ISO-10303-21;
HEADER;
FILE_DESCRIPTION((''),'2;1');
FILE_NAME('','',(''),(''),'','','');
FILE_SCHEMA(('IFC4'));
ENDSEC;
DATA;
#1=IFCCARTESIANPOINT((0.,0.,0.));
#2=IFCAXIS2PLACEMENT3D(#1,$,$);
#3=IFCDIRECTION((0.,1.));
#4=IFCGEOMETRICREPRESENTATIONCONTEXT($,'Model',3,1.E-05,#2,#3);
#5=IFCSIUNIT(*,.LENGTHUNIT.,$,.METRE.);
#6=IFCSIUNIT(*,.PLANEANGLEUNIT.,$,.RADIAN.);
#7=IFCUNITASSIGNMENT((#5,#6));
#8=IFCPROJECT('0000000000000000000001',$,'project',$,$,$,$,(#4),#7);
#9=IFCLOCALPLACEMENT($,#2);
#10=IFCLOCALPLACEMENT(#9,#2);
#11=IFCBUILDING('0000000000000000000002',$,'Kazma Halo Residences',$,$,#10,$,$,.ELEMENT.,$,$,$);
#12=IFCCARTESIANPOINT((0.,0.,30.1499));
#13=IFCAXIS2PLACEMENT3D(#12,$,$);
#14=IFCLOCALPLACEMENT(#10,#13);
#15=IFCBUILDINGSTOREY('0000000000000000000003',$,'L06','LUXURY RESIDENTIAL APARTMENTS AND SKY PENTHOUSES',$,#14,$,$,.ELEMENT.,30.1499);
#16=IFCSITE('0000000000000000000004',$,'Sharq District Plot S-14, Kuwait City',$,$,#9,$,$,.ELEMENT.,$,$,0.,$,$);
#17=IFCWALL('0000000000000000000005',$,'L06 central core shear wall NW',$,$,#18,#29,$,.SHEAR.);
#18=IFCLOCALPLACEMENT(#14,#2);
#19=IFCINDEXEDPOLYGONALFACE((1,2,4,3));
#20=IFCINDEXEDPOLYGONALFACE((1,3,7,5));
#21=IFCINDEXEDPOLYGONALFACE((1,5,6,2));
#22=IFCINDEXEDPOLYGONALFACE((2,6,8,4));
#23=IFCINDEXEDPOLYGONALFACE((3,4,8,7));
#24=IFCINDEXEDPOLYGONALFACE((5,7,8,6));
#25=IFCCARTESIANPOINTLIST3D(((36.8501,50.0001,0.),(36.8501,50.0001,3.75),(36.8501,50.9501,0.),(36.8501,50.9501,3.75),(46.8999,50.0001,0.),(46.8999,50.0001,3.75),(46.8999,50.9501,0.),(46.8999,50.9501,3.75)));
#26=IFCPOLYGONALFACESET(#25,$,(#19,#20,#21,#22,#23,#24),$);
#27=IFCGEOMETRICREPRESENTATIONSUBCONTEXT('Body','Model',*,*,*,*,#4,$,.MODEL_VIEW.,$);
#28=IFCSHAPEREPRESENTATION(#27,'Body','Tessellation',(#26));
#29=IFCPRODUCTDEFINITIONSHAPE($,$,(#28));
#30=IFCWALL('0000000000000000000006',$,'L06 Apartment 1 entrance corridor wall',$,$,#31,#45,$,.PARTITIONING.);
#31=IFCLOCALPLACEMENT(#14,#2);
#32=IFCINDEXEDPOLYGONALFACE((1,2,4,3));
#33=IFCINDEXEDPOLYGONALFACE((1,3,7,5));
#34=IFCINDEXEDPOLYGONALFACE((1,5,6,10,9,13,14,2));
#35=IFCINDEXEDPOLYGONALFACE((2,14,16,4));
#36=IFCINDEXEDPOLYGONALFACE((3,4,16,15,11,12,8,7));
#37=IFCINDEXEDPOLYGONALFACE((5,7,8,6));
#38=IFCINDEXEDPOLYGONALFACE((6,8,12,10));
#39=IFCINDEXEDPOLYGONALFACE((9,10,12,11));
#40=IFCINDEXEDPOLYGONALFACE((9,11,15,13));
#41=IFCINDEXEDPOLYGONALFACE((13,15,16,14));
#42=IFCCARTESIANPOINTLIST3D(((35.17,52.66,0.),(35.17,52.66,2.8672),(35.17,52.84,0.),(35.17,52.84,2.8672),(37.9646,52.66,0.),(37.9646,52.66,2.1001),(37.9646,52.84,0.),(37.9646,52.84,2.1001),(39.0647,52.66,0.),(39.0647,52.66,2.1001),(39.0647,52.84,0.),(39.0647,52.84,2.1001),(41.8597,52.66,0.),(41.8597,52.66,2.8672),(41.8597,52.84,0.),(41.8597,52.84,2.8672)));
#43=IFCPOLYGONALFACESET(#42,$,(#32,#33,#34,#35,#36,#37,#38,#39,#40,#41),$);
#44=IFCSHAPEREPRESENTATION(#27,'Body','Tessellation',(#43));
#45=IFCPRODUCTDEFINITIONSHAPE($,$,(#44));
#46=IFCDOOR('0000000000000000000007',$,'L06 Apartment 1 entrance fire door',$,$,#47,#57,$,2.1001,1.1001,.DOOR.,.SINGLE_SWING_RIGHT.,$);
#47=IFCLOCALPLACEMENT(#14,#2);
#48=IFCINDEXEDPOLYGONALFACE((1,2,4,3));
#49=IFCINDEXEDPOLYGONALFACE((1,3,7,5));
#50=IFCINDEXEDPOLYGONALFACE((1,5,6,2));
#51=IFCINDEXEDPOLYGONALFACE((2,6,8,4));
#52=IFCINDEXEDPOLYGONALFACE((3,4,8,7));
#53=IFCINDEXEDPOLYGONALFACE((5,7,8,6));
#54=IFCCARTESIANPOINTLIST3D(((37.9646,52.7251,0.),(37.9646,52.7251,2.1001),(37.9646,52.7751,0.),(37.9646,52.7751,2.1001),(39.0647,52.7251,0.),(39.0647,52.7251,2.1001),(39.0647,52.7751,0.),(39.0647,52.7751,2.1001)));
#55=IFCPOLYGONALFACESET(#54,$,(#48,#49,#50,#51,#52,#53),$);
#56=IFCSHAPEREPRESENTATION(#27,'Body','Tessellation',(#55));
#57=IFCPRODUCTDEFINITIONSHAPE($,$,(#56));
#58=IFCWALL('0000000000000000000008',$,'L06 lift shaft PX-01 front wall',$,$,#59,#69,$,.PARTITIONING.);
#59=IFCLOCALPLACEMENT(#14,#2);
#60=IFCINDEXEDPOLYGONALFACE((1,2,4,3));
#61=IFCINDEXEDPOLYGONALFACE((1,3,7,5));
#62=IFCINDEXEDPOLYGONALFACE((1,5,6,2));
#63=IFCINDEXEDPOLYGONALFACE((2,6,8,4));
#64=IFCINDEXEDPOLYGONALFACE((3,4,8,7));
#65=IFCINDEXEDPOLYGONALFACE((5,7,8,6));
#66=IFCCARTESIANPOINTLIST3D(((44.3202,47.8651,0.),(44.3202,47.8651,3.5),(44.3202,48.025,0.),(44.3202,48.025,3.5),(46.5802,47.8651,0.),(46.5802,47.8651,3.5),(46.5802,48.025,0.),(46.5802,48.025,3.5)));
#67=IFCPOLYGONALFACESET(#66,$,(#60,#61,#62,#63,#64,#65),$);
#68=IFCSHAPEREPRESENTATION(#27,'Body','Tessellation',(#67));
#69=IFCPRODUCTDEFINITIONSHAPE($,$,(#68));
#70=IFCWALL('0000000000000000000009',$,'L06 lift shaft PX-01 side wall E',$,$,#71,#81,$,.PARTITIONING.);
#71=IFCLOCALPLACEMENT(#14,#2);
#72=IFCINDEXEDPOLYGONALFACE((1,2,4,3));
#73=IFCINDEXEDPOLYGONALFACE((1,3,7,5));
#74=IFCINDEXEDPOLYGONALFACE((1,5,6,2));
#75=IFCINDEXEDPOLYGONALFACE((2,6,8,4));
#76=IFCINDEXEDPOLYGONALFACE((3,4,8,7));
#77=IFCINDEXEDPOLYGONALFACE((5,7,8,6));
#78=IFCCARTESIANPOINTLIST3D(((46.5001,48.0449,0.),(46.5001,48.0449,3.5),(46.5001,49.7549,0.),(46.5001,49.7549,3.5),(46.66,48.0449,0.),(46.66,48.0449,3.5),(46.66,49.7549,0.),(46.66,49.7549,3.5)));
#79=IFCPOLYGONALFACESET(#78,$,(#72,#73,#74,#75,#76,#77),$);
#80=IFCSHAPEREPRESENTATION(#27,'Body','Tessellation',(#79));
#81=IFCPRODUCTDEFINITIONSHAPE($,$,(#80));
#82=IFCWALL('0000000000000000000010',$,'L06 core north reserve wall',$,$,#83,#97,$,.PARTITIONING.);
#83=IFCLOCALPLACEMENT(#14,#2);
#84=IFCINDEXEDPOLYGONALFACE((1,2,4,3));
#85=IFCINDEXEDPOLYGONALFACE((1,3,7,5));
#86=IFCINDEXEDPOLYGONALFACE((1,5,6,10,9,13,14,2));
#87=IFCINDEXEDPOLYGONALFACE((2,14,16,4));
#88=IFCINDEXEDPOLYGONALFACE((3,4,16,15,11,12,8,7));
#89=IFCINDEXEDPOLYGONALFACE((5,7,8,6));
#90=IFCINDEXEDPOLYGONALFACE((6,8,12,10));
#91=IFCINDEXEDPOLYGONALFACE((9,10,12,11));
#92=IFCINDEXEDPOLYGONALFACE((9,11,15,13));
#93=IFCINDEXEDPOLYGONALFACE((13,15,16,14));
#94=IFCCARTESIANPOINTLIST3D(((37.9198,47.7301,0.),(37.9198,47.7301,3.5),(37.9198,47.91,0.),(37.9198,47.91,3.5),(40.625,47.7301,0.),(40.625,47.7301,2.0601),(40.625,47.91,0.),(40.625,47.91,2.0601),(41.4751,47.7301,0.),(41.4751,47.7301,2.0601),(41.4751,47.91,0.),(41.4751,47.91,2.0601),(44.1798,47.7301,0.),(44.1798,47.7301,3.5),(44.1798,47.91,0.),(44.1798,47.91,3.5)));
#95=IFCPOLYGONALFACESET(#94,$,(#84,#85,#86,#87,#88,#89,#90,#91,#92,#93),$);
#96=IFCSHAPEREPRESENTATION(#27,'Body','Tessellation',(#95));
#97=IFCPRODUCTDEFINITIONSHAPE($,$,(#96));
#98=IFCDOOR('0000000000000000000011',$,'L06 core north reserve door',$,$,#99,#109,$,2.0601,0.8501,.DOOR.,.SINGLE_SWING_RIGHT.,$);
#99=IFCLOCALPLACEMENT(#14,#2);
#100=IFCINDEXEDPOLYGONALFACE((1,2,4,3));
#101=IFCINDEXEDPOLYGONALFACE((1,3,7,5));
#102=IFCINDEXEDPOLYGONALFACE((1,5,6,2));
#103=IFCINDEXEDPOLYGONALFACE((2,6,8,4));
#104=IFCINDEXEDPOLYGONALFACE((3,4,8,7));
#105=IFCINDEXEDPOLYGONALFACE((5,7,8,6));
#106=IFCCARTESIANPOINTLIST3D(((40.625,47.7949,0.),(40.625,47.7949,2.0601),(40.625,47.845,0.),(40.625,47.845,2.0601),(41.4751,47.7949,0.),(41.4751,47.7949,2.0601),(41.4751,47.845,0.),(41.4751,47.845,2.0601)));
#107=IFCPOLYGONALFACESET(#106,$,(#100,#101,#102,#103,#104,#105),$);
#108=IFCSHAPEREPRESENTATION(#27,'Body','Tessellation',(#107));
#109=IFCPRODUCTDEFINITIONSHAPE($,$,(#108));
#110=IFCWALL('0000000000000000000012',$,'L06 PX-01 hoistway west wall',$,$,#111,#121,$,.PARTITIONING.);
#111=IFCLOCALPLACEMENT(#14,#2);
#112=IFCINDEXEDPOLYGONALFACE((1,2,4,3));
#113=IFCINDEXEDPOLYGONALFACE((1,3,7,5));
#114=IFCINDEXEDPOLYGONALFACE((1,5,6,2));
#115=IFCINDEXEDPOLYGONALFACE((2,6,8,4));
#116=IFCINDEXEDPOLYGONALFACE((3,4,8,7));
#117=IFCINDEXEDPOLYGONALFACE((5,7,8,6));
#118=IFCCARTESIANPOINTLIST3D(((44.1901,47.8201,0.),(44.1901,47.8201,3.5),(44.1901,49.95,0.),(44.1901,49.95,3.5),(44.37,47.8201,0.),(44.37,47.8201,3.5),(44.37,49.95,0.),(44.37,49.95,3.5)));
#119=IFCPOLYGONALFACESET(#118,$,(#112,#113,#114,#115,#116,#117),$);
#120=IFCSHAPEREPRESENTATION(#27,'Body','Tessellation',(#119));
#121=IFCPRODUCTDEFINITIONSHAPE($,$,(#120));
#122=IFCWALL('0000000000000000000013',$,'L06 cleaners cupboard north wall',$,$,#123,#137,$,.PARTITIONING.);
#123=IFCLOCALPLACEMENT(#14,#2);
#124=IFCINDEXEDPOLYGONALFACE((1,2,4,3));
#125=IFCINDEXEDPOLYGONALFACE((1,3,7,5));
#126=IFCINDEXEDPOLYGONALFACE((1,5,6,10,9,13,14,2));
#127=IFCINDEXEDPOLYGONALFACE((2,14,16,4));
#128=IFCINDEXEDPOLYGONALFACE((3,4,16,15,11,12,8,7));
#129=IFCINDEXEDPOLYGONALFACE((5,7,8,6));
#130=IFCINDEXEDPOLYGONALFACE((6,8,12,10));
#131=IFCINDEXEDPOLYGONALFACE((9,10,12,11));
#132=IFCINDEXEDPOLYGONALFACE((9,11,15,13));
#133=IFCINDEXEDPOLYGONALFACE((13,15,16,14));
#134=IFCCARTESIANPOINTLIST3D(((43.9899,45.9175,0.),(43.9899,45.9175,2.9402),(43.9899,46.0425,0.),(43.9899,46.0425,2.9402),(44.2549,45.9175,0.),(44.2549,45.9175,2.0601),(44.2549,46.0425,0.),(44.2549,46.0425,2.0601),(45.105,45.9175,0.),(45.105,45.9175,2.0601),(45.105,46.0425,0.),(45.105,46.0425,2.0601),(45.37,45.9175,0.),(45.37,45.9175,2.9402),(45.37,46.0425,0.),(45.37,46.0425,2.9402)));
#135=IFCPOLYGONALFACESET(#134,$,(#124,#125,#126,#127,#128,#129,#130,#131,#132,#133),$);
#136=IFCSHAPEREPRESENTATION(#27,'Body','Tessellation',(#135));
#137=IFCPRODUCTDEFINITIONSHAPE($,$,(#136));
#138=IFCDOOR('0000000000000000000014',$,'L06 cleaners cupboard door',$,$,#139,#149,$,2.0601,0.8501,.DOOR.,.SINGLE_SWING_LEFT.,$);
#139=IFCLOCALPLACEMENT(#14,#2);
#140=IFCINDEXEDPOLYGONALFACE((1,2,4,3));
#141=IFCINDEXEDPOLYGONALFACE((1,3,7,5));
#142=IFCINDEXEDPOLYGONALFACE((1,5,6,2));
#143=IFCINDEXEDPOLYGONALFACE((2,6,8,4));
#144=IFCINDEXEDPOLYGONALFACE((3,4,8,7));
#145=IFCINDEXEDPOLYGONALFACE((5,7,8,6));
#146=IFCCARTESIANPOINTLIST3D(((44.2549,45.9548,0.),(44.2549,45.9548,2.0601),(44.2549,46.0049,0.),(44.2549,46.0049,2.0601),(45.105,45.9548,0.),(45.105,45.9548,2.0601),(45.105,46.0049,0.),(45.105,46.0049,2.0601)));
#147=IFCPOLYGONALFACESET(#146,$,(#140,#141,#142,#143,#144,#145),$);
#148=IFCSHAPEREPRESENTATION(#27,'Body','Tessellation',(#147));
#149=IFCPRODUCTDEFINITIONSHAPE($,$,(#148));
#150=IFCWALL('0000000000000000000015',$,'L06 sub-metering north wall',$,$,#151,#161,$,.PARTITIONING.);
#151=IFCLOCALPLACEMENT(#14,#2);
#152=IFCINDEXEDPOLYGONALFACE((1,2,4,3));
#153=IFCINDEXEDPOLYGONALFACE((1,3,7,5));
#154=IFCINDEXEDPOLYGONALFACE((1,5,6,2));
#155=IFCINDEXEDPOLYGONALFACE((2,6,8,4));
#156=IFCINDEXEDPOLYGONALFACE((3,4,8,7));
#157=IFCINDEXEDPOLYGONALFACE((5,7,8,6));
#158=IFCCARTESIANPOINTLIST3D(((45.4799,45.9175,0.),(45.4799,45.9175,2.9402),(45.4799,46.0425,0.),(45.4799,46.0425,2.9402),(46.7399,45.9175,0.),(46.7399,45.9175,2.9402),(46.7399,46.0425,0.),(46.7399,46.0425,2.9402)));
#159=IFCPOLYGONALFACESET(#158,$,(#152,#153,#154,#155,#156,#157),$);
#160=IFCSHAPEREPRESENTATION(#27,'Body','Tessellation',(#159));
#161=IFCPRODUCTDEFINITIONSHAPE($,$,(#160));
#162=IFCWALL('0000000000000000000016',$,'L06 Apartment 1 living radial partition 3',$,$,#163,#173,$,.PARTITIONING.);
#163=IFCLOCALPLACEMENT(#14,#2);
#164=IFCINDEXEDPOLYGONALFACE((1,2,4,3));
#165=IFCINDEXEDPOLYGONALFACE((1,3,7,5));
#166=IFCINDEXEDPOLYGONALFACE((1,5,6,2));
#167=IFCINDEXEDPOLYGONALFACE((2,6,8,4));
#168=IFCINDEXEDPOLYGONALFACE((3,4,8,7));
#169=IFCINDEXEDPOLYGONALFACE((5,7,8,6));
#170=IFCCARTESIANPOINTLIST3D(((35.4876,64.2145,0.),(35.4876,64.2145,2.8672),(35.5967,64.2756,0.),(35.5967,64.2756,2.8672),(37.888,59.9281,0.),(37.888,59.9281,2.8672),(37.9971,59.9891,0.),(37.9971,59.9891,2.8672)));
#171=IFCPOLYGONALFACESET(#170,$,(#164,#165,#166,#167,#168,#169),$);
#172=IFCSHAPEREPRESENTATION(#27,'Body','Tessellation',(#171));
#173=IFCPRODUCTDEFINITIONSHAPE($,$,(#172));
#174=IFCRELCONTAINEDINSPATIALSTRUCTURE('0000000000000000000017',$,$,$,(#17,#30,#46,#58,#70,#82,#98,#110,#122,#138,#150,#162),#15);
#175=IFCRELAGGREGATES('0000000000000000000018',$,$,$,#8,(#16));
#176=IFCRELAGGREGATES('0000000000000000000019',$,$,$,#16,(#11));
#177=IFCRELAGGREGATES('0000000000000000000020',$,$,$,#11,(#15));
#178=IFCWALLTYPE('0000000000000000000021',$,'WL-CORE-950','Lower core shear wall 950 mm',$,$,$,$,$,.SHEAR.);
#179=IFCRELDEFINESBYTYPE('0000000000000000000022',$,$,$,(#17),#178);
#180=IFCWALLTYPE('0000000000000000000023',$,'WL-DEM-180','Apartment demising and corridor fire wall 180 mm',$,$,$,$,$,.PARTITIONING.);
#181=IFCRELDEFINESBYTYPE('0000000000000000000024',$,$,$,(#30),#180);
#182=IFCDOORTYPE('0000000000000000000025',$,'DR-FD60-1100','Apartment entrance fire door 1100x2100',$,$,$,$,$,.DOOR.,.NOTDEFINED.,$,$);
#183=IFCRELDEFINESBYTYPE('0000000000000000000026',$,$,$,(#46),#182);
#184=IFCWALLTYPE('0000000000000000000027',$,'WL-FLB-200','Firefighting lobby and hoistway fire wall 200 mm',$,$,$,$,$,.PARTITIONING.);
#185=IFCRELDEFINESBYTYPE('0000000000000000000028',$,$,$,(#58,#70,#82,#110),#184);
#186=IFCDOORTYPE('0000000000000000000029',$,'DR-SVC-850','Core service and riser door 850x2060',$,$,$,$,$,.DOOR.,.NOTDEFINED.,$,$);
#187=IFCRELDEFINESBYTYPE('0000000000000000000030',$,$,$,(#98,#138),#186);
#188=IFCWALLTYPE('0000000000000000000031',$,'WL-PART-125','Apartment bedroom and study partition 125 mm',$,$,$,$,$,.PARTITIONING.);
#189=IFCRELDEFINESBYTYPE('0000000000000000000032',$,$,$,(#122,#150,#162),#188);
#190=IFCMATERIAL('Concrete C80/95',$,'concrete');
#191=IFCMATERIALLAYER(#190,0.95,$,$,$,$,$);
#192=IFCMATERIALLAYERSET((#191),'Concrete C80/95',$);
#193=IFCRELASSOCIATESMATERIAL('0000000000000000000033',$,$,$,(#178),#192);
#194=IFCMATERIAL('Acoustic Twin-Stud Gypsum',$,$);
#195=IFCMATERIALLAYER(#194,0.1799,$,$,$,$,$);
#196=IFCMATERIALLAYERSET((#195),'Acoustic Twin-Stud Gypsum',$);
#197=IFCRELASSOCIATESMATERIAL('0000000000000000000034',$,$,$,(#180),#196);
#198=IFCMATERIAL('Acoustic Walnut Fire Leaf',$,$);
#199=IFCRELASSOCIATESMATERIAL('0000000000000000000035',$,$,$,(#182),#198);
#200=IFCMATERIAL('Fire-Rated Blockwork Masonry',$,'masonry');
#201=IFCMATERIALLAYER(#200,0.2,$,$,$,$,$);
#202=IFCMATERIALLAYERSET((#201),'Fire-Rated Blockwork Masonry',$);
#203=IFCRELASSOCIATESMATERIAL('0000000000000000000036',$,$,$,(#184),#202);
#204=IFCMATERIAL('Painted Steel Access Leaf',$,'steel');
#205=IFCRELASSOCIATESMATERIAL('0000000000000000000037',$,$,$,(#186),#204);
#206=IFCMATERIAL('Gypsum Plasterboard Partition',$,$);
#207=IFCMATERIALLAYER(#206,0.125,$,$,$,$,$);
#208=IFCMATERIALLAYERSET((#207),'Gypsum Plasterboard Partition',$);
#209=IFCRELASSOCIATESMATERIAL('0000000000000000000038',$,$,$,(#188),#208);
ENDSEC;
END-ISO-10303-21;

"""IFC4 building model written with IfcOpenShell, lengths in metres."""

from ifc_helpers import new_model, si_unit, direction, frame, frame_2d, origin, place, context, subcontext, project, spatial, rectangle, extrude, material, layer, layer_set, type_object, element, fill, save


model = new_model("IFC4")

# Units and contexts
model_context = context("Model", 3, precision=1e-05, world=origin(), true_north=direction((0.0, 1.0)))
body_context = subcontext(model_context, "Body", "Model", "MODEL_VIEW")
ifc_project = project(units=[si_unit("LENGTHUNIT", "METRE"), si_unit("PLANEANGLEUNIT", "RADIAN")], contexts=[model_context])

# Site, building, storey
site_placement = place(None, origin())
site = spatial("IfcSite", under=ifc_project, at=site_placement, Name="Sharq District Plot S-14, Kuwait City", CompositionType="ELEMENT", RefElevation=0.0)
building_placement = place(site_placement, origin())
building = spatial("IfcBuilding", under=site, at=building_placement, Name="Kazma Halo Residences", CompositionType="ELEMENT")
storey_placement = place(building_placement, frame((0.0, 0.0, 30.1499)))
storey = spatial("IfcBuildingStorey", under=building, at=storey_placement, Name="L06", Description="LUXURY RESIDENTIAL APARTMENTS AND SKY PENTHOUSES", CompositionType="ELEMENT", Elevation=30.1499)

# Wall
ifc_material_1 = material(Name="Concrete C80/95", Category="concrete")
ifc_layer_1 = layer(ifc_material_1, 0.95)
ifc_layer_set_1 = layer_set([ifc_layer_1], Name="Concrete C80/95")
wall_type_1 = type_object("IfcWallType", Name="WL-CORE-950", Description="Lower core shear wall 950 mm", PredefinedType="SHEAR", material=ifc_layer_set_1)
wall_1_placement = place(storey_placement, frame((36.8501, 50.4751, 0.0), z_axis=(0.0, 0.0, 1.0), x_axis=(1.0, 0.0, 0.0)))
element("IfcWall", 1, at=wall_1_placement, inside=storey, type_object=wall_type_1, Name="L06 central core shear wall NW", PredefinedType="SHEAR", context=body_context, shape_type="SweptSolid", body=[
    extrude(rectangle(XDim=10.0498, YDim=0.95, at=frame_2d((5.0249, 0.0))), origin(), (0.0, 0.0, 1.0), 3.75),
])

# Wall, opening, door
ifc_material_2 = material(Name="Acoustic Twin-Stud Gypsum")
ifc_layer_2 = layer(ifc_material_2, 0.1799)
ifc_layer_set_2 = layer_set([ifc_layer_2], Name="Acoustic Twin-Stud Gypsum")
wall_type_2 = type_object("IfcWallType", Name="WL-DEM-180", Description="Apartment demising and corridor fire wall 180 mm", PredefinedType="PARTITIONING", material=ifc_layer_set_2)
wall_2_placement = place(storey_placement, frame((41.8596, 52.75, 0.0), z_axis=(0.0, 0.0, 1.0), x_axis=(-1.0, 0.0, 0.0)))
wall_2 = element("IfcWall", 2, at=wall_2_placement, inside=storey, type_object=wall_type_2, Name="L06 Apartment 1 entrance corridor wall", PredefinedType="PARTITIONING", context=body_context, shape_type="SweptSolid", body=[
    extrude(rectangle(XDim=6.6897, YDim=0.1799, at=frame_2d((3.3447, 0.0))), origin(), (0.0, 0.0, 1.0), 2.8672),
])
opening_1_placement = place(wall_2_placement, frame((2.7949, 0.0, 0.0)))
opening_1 = element("IfcOpeningElement", 3, at=opening_1_placement, cuts=wall_2, PredefinedType="OPENING", context=body_context, shape_type="SweptSolid", body=[
    extrude(rectangle(XDim=1.1001, YDim=2.1001, at=frame_2d((0.55, 1.05))), frame((0.0, 0.0999, 0.0), z_axis=(0.0, -1.0, 0.0), x_axis=(1.0, 0.0, 0.0)), (0.0, 0.0, 1.0), 0.2),
])
ifc_material_3 = material(Name="Acoustic Walnut Fire Leaf")
door_type_1 = type_object("IfcDoorType", Name="DR-FD60-1100", Description="Apartment entrance fire door 1100x2100", OperationType="NOTDEFINED", PredefinedType="DOOR", material=ifc_material_3)
door_1_placement = place(opening_1_placement, origin())
door_1 = element("IfcDoor", 4, at=door_1_placement, inside=storey, type_object=door_type_1, Name="L06 Apartment 1 entrance fire door", OperationType="SINGLE_SWING_RIGHT", OverallHeight=2.1001, OverallWidth=1.1001, PredefinedType="DOOR", context=body_context, shape_type="SweptSolid", body=[
    extrude(rectangle(XDim=1.1001, YDim=2.1001, at=frame_2d((0.55, 1.05))), frame((0.0, 0.0249, 0.0), z_axis=(0.0, -1.0, 0.0), x_axis=(1.0, 0.0, 0.0)), (0.0, 0.0, 1.0), 0.05),
])
fill(opening_1, door_1)

# Walls
ifc_material_4 = material(Name="Fire-Rated Blockwork Masonry", Category="masonry")
ifc_layer_3 = layer(ifc_material_4, 0.2)
ifc_layer_set_3 = layer_set([ifc_layer_3], Name="Fire-Rated Blockwork Masonry")
wall_type_3 = type_object("IfcWallType", Name="WL-FLB-200", Description="Firefighting lobby and hoistway fire wall 200 mm", PredefinedType="PARTITIONING", material=ifc_layer_set_3)
wall_3_placement = place(storey_placement, frame((46.5801, 47.9451, 0.0), z_axis=(0.0, 0.0, 1.0), x_axis=(-1.0, 0.0, 0.0)))
element("IfcWall", 5, at=wall_3_placement, inside=storey, type_object=wall_type_3, Name="L06 lift shaft PX-01 front wall", PredefinedType="PARTITIONING", context=body_context, shape_type="SweptSolid", body=[
    extrude(rectangle(XDim=2.26, YDim=0.1599, at=frame_2d((1.1299, 0.0))), origin(), (0.0, 0.0, 1.0), 3.5),
])
wall_4_placement = place(storey_placement, frame((46.5801, 48.0449, 0.0), z_axis=(0.0, 0.0, 1.0), x_axis=(0.0, 1.0, 0.0)))
element("IfcWall", 6, at=wall_4_placement, inside=storey, type_object=wall_type_3, Name="L06 lift shaft PX-01 side wall E", PredefinedType="PARTITIONING", context=body_context, shape_type="SweptSolid", body=[
    extrude(rectangle(XDim=1.71, YDim=0.1599, at=frame_2d((0.855, 0.0))), origin(), (0.0, 0.0, 1.0), 3.5),
])

# Wall, opening, door
wall_5_placement = place(storey_placement, frame((37.9199, 47.8201, 0.0), z_axis=(0.0, 0.0, 1.0), x_axis=(1.0, 0.0, 0.0)))
wall_5 = element("IfcWall", 7, at=wall_5_placement, inside=storey, type_object=wall_type_3, Name="L06 core north reserve wall", PredefinedType="PARTITIONING", context=body_context, shape_type="SweptSolid", body=[
    extrude(rectangle(XDim=6.26, YDim=0.1799, at=frame_2d((3.1299, 0.0))), origin(), (0.0, 0.0, 1.0), 3.5),
])
opening_2_placement = place(wall_5_placement, frame((2.7051, 0.0, 0.0)))
opening_2 = element("IfcOpeningElement", 8, at=opening_2_placement, cuts=wall_5, PredefinedType="OPENING", context=body_context, shape_type="SweptSolid", body=[
    extrude(rectangle(XDim=0.8501, YDim=2.0601, at=frame_2d((0.425, 1.03))), frame((0.0, 0.0999, 0.0), z_axis=(0.0, -1.0, 0.0), x_axis=(1.0, 0.0, 0.0)), (0.0, 0.0, 1.0), 0.2),
])
ifc_material_5 = material(Name="Painted Steel Access Leaf", Category="steel")
door_type_2 = type_object("IfcDoorType", Name="DR-SVC-850", Description="Core service and riser door 850x2060", OperationType="NOTDEFINED", PredefinedType="DOOR", material=ifc_material_5)
door_2_placement = place(opening_2_placement, origin())
door_2 = element("IfcDoor", 9, at=door_2_placement, inside=storey, type_object=door_type_2, Name="L06 core north reserve door", OperationType="SINGLE_SWING_RIGHT", OverallHeight=2.0601, OverallWidth=0.8501, PredefinedType="DOOR", context=body_context, shape_type="SweptSolid", body=[
    extrude(rectangle(XDim=0.8501, YDim=2.0601, at=frame_2d((0.425, 1.03))), frame((0.0, 0.0249, 0.0), z_axis=(0.0, -1.0, 0.0), x_axis=(1.0, 0.0, 0.0)), (0.0, 0.0, 1.0), 0.05),
])
fill(opening_2, door_2)

# Wall
wall_6_placement = place(storey_placement, frame((44.28, 47.8201, 0.0), z_axis=(0.0, 0.0, 1.0), x_axis=(0.0, 1.0, 0.0)))
element("IfcWall", 10, at=wall_6_placement, inside=storey, type_object=wall_type_3, Name="L06 PX-01 hoistway west wall", PredefinedType="PARTITIONING", context=body_context, shape_type="SweptSolid", body=[
    extrude(rectangle(XDim=2.1299, YDim=0.1799, at=frame_2d((1.0649, 0.0))), origin(), (0.0, 0.0, 1.0), 3.5),
])

# Wall, opening, door
ifc_material_6 = material(Name="Gypsum Plasterboard Partition")
ifc_layer_4 = layer(ifc_material_6, 0.125)
ifc_layer_set_4 = layer_set([ifc_layer_4], Name="Gypsum Plasterboard Partition")
wall_type_4 = type_object("IfcWallType", Name="WL-PART-125", Description="Apartment bedroom and study partition 125 mm", PredefinedType="PARTITIONING", material=ifc_layer_set_4)
wall_7_placement = place(storey_placement, frame((43.99, 45.98, 0.0), z_axis=(0.0, 0.0, 1.0), x_axis=(1.0, 0.0, 0.0)))
wall_7 = element("IfcWall", 11, at=wall_7_placement, inside=storey, type_object=wall_type_4, Name="L06 cleaners cupboard north wall", PredefinedType="PARTITIONING", context=body_context, shape_type="SweptSolid", body=[
    extrude(rectangle(XDim=1.3801, YDim=0.125, at=frame_2d((0.6899, 0.0))), origin(), (0.0, 0.0, 1.0), 2.9402),
])
opening_3_placement = place(wall_7_placement, frame((0.2649, 0.0, 0.0)))
opening_3 = element("IfcOpeningElement", 12, at=opening_3_placement, cuts=wall_7, PredefinedType="OPENING", context=body_context, shape_type="SweptSolid", body=[
    extrude(rectangle(XDim=0.8501, YDim=2.0601, at=frame_2d((0.425, 1.03))), frame((0.0, 0.0725, 0.0), z_axis=(0.0, -1.0, 0.0), x_axis=(1.0, 0.0, 0.0)), (0.0, 0.0, 1.0), 0.145),
])
door_3_placement = place(opening_3_placement, origin())
door_3 = element("IfcDoor", 13, at=door_3_placement, inside=storey, type_object=door_type_2, Name="L06 cleaners cupboard door", OperationType="SINGLE_SWING_LEFT", OverallHeight=2.0601, OverallWidth=0.8501, PredefinedType="DOOR", context=body_context, shape_type="SweptSolid", body=[
    extrude(rectangle(XDim=0.8501, YDim=2.0601, at=frame_2d((0.425, 1.03))), frame((0.0, 0.0249, 0.0), z_axis=(0.0, -1.0, 0.0), x_axis=(1.0, 0.0, 0.0)), (0.0, 0.0, 1.0), 0.05),
])
fill(opening_3, door_3)

# Walls
wall_8_placement = place(storey_placement, frame((45.48, 45.98, 0.0), z_axis=(0.0, 0.0, 1.0), x_axis=(1.0, 0.0, 0.0)))
element("IfcWall", 14, at=wall_8_placement, inside=storey, type_object=wall_type_4, Name="L06 sub-metering north wall", PredefinedType="PARTITIONING", context=body_context, shape_type="SweptSolid", body=[
    extrude(rectangle(XDim=1.26, YDim=0.125, at=frame_2d((0.6299, 0.0))), origin(), (0.0, 0.0, 1.0), 2.9402),
])
wall_9_placement = place(storey_placement, frame((37.9426, 59.9585, 0.0), z_axis=(0.0, 0.0, 1.0), x_axis=(-0.488606, 0.872504, 0.0)))
element("IfcWall", 15, at=wall_9_placement, inside=storey, type_object=wall_type_4, Name="L06 Apartment 1 living radial partition 3", PredefinedType="PARTITIONING", context=body_context, shape_type="SweptSolid", body=[
    extrude(rectangle(XDim=4.9128, YDim=0.125, at=frame_2d((2.4565, 0.0))), origin(), (0.0, 0.0, 1.0), 2.8672),
])

save(model, "model.ifc")
